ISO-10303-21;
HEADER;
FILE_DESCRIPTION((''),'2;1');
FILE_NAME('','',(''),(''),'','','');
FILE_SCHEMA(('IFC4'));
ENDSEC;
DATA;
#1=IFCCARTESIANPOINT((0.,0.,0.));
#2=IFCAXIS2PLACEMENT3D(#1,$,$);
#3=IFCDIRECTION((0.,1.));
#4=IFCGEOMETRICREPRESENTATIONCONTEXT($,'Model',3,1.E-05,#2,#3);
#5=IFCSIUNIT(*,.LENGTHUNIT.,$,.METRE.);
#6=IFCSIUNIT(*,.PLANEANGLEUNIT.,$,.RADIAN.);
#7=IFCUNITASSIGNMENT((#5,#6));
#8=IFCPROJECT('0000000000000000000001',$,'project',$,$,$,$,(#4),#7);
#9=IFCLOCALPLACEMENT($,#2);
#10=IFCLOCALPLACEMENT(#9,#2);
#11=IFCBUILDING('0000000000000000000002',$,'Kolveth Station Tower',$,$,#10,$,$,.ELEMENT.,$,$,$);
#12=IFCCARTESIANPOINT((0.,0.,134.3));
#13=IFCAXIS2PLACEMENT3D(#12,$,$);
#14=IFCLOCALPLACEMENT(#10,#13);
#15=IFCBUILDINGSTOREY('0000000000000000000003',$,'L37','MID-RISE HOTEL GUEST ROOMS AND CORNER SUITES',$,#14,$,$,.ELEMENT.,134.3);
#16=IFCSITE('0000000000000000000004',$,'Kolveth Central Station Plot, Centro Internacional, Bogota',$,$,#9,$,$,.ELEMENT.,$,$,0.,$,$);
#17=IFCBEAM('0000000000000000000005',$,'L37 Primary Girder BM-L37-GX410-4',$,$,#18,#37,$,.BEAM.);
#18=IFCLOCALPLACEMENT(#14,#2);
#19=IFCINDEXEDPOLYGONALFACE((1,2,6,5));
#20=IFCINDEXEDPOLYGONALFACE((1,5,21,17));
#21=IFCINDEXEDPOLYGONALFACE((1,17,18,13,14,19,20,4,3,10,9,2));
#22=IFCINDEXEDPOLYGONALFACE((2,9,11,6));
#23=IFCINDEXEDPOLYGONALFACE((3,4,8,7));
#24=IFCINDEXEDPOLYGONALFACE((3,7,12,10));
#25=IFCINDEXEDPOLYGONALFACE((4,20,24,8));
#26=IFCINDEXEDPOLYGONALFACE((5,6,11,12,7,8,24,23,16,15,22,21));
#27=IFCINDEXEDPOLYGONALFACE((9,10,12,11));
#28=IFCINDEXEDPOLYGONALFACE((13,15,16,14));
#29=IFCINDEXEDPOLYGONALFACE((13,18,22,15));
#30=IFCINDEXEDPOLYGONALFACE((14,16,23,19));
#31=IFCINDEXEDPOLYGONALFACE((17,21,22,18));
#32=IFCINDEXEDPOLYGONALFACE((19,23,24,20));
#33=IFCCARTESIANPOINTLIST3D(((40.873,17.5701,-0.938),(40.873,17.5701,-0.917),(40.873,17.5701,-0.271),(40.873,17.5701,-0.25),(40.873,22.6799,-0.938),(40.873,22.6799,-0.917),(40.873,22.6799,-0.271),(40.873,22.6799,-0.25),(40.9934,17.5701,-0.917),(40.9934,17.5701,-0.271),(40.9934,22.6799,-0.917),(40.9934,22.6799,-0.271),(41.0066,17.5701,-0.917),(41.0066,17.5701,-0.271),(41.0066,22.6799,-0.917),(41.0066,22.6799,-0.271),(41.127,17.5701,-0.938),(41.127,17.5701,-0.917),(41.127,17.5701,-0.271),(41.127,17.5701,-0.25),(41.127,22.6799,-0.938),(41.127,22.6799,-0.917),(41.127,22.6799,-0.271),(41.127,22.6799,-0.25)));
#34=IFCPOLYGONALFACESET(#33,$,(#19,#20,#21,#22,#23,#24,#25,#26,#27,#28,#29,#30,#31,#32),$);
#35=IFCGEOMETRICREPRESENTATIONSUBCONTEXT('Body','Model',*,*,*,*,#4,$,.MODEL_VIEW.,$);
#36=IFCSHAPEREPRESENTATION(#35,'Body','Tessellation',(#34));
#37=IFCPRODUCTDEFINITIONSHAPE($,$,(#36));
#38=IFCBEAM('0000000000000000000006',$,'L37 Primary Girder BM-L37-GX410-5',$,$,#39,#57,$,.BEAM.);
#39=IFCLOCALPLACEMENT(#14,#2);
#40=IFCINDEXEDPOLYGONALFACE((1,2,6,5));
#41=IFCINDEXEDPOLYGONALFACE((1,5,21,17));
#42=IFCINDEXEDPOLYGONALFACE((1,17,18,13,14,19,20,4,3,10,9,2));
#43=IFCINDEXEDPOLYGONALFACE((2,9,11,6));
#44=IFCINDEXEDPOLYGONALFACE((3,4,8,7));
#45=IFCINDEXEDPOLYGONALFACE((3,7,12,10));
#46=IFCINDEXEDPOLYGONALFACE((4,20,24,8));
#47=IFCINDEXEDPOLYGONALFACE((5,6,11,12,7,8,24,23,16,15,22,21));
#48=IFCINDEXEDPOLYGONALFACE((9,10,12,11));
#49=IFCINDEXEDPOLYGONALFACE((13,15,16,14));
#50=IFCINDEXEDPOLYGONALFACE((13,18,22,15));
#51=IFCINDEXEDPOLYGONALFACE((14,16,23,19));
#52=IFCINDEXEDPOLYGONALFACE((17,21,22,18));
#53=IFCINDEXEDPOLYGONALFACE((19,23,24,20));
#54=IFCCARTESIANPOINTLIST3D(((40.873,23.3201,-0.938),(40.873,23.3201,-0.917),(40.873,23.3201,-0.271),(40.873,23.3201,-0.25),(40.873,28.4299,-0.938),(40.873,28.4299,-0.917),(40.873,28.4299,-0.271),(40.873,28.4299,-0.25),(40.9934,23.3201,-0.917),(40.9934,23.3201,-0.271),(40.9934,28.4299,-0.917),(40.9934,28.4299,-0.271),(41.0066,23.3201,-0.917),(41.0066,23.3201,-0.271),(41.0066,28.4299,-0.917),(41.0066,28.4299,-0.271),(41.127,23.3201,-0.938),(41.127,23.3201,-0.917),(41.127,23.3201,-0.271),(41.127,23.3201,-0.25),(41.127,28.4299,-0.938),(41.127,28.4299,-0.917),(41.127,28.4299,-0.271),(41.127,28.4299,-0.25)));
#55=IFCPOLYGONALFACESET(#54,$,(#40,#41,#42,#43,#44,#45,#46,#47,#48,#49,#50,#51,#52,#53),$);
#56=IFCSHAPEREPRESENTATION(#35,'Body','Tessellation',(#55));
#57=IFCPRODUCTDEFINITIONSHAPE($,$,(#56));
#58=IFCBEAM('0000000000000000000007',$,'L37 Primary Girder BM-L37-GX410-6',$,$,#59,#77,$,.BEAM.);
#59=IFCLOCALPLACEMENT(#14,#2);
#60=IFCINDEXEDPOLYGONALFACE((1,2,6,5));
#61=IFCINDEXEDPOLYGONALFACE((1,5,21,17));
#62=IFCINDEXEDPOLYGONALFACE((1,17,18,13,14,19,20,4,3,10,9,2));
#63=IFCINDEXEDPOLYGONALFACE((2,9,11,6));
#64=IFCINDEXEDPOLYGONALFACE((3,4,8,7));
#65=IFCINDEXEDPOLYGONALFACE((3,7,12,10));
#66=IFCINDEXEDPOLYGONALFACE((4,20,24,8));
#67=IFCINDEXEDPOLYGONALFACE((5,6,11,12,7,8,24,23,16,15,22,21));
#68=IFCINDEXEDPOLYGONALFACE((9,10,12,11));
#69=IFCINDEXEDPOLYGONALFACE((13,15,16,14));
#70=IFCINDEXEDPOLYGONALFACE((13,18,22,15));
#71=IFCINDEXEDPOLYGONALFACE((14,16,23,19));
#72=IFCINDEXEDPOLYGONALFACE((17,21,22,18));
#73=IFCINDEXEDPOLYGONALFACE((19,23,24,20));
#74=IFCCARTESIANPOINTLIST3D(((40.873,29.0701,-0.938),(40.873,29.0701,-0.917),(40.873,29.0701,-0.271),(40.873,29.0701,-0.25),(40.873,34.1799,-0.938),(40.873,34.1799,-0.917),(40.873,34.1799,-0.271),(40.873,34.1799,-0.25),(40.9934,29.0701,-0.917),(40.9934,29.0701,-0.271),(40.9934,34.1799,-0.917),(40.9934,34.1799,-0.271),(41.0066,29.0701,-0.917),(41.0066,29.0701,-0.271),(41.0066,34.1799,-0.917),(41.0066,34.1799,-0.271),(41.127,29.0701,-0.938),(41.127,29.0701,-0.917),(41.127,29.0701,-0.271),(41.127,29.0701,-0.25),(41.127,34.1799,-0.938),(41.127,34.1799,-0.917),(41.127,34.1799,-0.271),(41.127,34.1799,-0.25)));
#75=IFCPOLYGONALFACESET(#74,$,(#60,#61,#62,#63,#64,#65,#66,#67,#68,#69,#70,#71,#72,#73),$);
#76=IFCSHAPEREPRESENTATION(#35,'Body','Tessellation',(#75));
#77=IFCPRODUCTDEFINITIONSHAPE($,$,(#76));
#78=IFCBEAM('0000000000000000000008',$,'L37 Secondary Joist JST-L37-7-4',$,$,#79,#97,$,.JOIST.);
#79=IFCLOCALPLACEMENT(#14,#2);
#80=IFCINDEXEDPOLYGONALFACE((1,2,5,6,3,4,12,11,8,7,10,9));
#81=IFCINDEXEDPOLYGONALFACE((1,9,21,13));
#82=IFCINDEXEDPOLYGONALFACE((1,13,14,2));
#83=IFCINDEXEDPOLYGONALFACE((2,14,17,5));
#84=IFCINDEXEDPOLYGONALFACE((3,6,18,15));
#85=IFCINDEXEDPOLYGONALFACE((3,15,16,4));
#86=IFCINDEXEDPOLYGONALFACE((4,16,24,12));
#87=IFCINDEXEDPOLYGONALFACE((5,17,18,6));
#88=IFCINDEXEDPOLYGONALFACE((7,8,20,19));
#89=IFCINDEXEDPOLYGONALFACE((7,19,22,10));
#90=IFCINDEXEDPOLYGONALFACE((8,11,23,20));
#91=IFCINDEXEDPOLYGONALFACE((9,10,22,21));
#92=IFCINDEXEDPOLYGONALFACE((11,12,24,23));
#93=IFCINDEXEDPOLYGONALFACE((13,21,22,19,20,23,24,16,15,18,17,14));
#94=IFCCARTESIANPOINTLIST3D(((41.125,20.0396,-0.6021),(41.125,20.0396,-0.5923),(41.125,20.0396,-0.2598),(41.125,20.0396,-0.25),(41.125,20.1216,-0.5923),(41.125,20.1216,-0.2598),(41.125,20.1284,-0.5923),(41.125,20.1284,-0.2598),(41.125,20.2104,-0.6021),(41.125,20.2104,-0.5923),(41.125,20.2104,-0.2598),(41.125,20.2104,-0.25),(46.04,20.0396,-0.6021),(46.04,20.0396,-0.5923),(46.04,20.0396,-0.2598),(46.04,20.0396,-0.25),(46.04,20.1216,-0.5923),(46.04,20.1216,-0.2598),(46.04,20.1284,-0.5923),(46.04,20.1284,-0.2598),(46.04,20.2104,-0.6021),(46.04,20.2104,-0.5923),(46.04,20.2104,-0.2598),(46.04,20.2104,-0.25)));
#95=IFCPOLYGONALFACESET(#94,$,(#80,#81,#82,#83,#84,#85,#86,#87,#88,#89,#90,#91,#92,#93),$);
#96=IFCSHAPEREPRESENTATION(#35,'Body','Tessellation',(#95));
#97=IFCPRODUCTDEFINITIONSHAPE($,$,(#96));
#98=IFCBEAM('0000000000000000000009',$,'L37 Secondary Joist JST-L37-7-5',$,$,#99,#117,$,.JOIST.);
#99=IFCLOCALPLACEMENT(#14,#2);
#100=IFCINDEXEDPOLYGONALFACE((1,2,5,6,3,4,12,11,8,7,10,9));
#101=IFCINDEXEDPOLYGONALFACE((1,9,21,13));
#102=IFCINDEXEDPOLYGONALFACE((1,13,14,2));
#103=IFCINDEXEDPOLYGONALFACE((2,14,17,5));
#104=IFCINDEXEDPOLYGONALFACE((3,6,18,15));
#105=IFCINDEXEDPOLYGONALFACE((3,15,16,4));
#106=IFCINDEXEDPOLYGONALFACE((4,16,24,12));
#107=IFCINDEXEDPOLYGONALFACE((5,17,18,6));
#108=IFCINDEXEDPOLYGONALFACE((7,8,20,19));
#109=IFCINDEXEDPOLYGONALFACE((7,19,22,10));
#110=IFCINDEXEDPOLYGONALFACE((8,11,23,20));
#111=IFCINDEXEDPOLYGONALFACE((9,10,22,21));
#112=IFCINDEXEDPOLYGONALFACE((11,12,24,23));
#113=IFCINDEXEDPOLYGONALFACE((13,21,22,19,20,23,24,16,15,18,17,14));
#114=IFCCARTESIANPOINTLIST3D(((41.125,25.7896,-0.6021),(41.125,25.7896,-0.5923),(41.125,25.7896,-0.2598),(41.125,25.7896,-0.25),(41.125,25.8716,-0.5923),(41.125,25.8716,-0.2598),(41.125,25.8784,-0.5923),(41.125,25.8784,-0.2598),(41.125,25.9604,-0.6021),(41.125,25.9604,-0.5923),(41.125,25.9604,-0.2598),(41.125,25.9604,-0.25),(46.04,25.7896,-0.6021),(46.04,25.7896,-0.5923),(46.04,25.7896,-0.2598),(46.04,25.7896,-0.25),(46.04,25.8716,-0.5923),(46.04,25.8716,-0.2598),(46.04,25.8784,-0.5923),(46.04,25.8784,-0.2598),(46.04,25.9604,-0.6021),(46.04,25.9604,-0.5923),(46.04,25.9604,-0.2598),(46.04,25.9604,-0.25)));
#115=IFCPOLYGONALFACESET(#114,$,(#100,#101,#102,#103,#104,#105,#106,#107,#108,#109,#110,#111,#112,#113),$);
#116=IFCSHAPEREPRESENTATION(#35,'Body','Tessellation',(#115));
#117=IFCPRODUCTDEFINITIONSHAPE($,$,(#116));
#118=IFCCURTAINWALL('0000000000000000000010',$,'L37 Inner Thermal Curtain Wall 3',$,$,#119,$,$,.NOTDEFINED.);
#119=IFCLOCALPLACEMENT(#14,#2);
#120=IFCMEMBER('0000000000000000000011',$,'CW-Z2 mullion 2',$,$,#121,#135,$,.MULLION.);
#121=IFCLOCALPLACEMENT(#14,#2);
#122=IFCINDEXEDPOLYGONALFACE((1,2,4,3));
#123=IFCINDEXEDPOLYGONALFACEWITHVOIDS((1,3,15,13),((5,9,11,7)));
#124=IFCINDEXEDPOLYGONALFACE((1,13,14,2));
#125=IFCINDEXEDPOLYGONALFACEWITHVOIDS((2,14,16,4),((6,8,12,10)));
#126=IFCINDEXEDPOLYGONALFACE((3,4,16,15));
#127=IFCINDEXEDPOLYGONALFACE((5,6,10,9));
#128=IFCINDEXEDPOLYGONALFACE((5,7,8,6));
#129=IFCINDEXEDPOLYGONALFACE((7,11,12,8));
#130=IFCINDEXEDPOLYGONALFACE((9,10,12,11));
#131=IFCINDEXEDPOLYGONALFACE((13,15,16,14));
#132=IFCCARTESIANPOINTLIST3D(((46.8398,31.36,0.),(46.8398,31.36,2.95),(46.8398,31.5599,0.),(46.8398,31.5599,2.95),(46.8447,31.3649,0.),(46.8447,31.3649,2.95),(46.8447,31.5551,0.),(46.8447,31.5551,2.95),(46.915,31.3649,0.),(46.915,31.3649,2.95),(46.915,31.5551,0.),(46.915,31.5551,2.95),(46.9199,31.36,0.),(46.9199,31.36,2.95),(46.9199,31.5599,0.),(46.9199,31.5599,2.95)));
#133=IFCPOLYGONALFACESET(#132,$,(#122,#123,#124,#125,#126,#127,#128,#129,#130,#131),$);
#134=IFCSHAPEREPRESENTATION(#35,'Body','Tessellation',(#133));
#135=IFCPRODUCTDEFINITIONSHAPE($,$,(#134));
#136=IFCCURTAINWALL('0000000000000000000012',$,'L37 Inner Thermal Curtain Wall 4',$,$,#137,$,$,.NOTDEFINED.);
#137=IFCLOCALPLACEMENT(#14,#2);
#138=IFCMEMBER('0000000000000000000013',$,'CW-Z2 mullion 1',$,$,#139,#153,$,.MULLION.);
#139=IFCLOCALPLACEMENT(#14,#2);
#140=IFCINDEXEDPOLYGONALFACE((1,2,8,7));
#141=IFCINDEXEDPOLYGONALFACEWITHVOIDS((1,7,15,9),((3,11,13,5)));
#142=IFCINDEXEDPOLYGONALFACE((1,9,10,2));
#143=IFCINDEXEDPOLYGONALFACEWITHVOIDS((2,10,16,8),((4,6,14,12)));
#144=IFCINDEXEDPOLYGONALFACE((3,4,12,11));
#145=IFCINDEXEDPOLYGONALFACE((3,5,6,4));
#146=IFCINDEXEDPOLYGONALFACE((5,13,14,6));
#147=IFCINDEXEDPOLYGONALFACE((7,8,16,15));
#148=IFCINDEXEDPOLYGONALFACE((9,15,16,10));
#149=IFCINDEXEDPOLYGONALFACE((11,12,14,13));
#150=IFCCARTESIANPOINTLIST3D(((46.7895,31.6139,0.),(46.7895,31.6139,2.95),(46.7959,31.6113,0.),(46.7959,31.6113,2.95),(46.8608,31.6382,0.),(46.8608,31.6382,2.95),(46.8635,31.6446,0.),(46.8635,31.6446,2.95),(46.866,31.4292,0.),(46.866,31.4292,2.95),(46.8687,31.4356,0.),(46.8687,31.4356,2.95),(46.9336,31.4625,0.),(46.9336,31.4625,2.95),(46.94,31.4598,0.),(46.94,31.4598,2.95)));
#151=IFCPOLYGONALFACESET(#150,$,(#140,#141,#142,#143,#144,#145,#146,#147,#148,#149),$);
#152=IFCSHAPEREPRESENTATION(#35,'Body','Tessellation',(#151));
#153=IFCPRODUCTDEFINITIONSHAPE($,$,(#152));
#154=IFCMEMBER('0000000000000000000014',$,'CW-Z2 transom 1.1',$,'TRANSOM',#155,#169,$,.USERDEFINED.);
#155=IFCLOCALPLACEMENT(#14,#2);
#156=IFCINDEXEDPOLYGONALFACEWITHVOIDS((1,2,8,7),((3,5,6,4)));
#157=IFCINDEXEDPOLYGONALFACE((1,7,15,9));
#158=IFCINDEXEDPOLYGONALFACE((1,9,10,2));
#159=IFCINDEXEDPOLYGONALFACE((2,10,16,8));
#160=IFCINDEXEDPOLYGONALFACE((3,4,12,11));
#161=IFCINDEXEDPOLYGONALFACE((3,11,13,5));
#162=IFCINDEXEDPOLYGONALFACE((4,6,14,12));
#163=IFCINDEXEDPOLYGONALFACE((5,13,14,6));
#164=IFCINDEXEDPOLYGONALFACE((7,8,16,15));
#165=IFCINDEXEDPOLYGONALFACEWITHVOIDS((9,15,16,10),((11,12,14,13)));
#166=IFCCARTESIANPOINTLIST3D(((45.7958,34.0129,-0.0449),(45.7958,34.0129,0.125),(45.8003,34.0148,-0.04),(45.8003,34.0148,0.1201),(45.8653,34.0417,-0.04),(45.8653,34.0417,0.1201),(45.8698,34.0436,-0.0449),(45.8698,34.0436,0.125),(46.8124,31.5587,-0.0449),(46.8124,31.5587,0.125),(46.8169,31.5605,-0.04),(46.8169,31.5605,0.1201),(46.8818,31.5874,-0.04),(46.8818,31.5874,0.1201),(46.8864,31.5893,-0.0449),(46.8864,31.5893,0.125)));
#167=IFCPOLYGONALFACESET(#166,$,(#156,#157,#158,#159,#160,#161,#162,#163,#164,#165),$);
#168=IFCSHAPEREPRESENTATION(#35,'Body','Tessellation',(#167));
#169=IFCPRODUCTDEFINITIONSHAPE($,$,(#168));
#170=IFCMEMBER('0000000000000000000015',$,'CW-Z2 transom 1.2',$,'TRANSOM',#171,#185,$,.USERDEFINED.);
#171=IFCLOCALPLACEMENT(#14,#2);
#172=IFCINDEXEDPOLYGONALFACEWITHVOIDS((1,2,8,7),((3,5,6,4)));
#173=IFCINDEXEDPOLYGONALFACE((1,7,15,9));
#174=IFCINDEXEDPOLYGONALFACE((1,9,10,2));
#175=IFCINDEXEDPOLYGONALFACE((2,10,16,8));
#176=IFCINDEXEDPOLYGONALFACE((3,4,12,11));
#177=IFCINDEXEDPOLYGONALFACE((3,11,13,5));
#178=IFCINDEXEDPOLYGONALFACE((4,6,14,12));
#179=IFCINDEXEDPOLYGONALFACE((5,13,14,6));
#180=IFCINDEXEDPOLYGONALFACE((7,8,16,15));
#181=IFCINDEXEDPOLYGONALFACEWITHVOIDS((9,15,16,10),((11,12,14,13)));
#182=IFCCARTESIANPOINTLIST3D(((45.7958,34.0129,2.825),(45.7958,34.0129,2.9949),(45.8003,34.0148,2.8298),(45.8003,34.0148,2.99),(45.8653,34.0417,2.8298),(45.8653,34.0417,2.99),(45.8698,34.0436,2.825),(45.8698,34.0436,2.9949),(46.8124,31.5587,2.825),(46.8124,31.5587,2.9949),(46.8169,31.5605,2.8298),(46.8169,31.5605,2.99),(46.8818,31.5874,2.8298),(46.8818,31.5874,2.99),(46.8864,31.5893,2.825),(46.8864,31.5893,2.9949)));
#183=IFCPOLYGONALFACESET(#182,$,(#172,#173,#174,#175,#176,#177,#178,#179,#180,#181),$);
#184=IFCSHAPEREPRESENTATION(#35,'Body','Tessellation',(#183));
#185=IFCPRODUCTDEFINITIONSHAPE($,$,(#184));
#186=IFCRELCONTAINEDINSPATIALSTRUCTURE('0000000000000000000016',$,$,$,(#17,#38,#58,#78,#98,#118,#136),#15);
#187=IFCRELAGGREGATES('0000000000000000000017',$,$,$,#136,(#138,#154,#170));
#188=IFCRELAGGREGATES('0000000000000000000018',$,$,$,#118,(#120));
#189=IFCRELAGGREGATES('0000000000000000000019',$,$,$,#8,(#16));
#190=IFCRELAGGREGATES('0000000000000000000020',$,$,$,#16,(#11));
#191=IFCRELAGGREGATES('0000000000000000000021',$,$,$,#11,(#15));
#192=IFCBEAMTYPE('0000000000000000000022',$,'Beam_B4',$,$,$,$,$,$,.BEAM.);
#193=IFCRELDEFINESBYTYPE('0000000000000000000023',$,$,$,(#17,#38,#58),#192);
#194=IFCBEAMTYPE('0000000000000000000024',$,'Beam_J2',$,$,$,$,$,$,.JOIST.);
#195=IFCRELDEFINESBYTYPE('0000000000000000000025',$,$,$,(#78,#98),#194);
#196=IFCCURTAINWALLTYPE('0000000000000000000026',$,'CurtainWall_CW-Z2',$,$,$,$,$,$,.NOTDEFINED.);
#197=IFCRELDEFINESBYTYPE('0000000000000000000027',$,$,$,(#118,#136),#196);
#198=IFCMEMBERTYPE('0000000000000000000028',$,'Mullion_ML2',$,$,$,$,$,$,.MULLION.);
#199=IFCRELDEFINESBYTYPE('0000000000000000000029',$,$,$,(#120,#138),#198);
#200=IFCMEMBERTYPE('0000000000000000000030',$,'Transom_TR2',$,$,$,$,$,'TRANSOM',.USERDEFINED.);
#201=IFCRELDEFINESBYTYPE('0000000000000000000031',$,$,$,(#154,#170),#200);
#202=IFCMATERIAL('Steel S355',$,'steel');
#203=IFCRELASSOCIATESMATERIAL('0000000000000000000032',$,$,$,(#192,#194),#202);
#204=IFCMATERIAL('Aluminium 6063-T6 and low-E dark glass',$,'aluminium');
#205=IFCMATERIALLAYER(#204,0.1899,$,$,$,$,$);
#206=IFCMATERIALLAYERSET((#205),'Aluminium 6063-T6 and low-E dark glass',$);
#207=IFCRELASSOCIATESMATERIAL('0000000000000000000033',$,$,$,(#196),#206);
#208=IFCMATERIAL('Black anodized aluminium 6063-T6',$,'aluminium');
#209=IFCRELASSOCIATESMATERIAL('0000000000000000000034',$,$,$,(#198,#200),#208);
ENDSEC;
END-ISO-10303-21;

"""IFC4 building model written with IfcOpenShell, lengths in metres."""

from ifc_helpers import new_model, si_unit, direction, frame, origin, origin_2d, place, context, subcontext, project, spatial, hollow_rectangle, i_section, extrude, source, transform, mapped, material, layer, layer_set, material_profile, profile_set, type_object, element, aggregate, save


model = new_model("IFC4")

# Units and contexts
model_context = context("Model", 3, precision=1e-05, world=origin(), true_north=direction((0.0, 1.0)))
body_context = subcontext(model_context, "Body", "Model", "MODEL_VIEW")
ifc_project = project(units=[si_unit("LENGTHUNIT", "METRE"), si_unit("PLANEANGLEUNIT", "RADIAN")], contexts=[model_context])

# Site, building, storey
site_placement = place(None, origin())
site = spatial("IfcSite", under=ifc_project, at=site_placement, Name="Kolveth Central Station Plot, Centro Internacional, Bogota", CompositionType="ELEMENT", RefElevation=0.0)
building_placement = place(site_placement, origin())
building = spatial("IfcBuilding", under=site, at=building_placement, Name="Kolveth Station Tower", CompositionType="ELEMENT")
storey_placement = place(building_placement, frame((0.0, 0.0, 134.3)))
storey = spatial("IfcBuildingStorey", under=building, at=storey_placement, Name="L37", Description="MID-RISE HOTEL GUEST ROOMS AND CORNER SUITES", CompositionType="ELEMENT", Elevation=134.3)

# Beams
ifc_material_1 = material(Name="Steel S355", Category="steel")
ifc_material_profile_1 = material_profile(ifc_material_1, i_section(OverallWidth=0.2539, OverallDepth=0.688, WebThickness=0.0132, FlangeThickness=0.021, at=origin_2d()), Name="W690x152")
ifc_profile_set_1 = profile_set([ifc_material_profile_1], Name="Steel S355")
beam_type_1 = type_object("IfcBeamType", Name="Beam_B4", PredefinedType="BEAM", material=ifc_profile_set_1)
shared_shape_1 = source(origin(), body_context, "Body", "SweptSolid", [
    extrude(i_section(OverallWidth=0.2539, OverallDepth=0.688, WebThickness=0.0132, FlangeThickness=0.021, at=origin_2d()), origin(), (0.0, 0.0, 1.0), 5.1099),
])
for number, where, z_axis, x_axis, name in (
    (1, (41.0, 17.5701, -0.594), (0.0, 1.0, 0.0), (-1.0, 0.0, 0.0), "L37 Primary Girder BM-L37-GX410-4"),
    (2, (41.0, 23.3201, -0.594), (0.0, 1.0, 0.0), (-1.0, 0.0, 0.0), "L37 Primary Girder BM-L37-GX410-5"),
    (3, (41.0, 29.0701, -0.594), (0.0, 1.0, 0.0), (-1.0, 0.0, 0.0), "L37 Primary Girder BM-L37-GX410-6"),
):
    element("IfcBeam", number, at=place(storey_placement, frame(where, z_axis=z_axis, x_axis=x_axis)), inside=storey, type_object=beam_type_1, Name=name, PredefinedType="BEAM", context=body_context, shape_type="MappedRepresentation", body=[
        mapped(shared_shape_1, transform((0.0, 0.0, 0.0), x_axis=(1.0, 0.0, 0.0), y_axis=(0.0, 1.0, 0.0), z_axis=(0.0, 0.0, 1.0), scale=1.0)),
    ])
ifc_material_profile_2 = material_profile(ifc_material_1, i_section(OverallWidth=0.1709, OverallDepth=0.3521, WebThickness=0.0068, FlangeThickness=0.0098, at=origin_2d()), Name="W360x44")
ifc_profile_set_2 = profile_set([ifc_material_profile_2], Name="Steel S355")
beam_type_2 = type_object("IfcBeamType", Name="Beam_J2", PredefinedType="JOIST", material=ifc_profile_set_2)
shared_shape_2 = source(origin(), body_context, "Body", "SweptSolid", [
    extrude(i_section(OverallWidth=0.1709, OverallDepth=0.3521, WebThickness=0.0068, FlangeThickness=0.0098, at=origin_2d()), origin(), (0.0, 0.0, 1.0), 4.915),
])
for number, where, z_axis, x_axis, name in (
    (4, (41.125, 20.125, -0.426), (1.0, 0.0, 0.0), (0.0, 1.0, 0.0), "L37 Secondary Joist JST-L37-7-4"),
    (5, (41.125, 25.875, -0.426), (1.0, 0.0, 0.0), (0.0, 1.0, 0.0), "L37 Secondary Joist JST-L37-7-5"),
):
    element("IfcBeam", number, at=place(storey_placement, frame(where, z_axis=z_axis, x_axis=x_axis)), inside=storey, type_object=beam_type_2, Name=name, PredefinedType="JOIST", context=body_context, shape_type="MappedRepresentation", body=[
        mapped(shared_shape_2, transform((0.0, 0.0, 0.0), x_axis=(1.0, 0.0, 0.0), y_axis=(0.0, 1.0, 0.0), z_axis=(0.0, 0.0, 1.0), scale=1.0)),
    ])

# Curtain wall, member
ifc_material_2 = material(Name="Aluminium 6063-T6 and low-E dark glass", Category="aluminium")
ifc_layer_1 = layer(ifc_material_2, 0.1899)
ifc_layer_set_1 = layer_set([ifc_layer_1], Name="Aluminium 6063-T6 and low-E dark glass")
curtain_wall_type = type_object("IfcCurtainWallType", Name="CurtainWall_CW-Z2", PredefinedType="NOTDEFINED", material=ifc_layer_set_1)
curtain_wall_1_placement = place(storey_placement, origin())
curtain_wall_1 = element("IfcCurtainWall", 6, at=curtain_wall_1_placement, inside=storey, type_object=curtain_wall_type, Name="L37 Inner Thermal Curtain Wall 3", PredefinedType="NOTDEFINED")
ifc_material_3 = material(Name="Black anodized aluminium 6063-T6", Category="aluminium")
ifc_material_profile_3 = material_profile(ifc_material_3, hollow_rectangle(XDim=0.0801, YDim=0.2, WallThickness=0.0049, at=origin_2d()), Name="ALU-80x200x5")
ifc_profile_set_3 = profile_set([ifc_material_profile_3], Name="Black anodized aluminium 6063-T6")
member_type_1 = type_object("IfcMemberType", Name="Mullion_ML2", PredefinedType="MULLION", material=ifc_profile_set_3)
shared_shape_3 = source(origin(), body_context, "Body", "SweptSolid", [
    extrude(hollow_rectangle(XDim=0.0801, YDim=0.2, WallThickness=0.0049, at=origin_2d()), origin(), (0.0, 0.0, 1.0), 2.95),
])
member_1_placement = place(storey_placement, frame((46.8799, 31.46, 0.0), z_axis=(0.0, 0.0, 1.0), x_axis=(-1.0, 0.0, 0.0)))
member_1 = element("IfcMember", 7, at=member_1_placement, type_object=member_type_1, Name="CW-Z2 mullion 2", PredefinedType="MULLION", context=body_context, shape_type="MappedRepresentation", body=[
    mapped(shared_shape_3, transform((0.0, 0.0, 0.0), x_axis=(1.0, 0.0, 0.0), y_axis=(0.0, 1.0, 0.0), z_axis=(0.0, 0.0, 1.0), scale=1.0)),
])

# Curtain wall, members
curtain_wall_2_placement = place(storey_placement, origin())
curtain_wall_2 = element("IfcCurtainWall", 8, at=curtain_wall_2_placement, inside=storey, type_object=curtain_wall_type, Name="L37 Inner Thermal Curtain Wall 4", PredefinedType="NOTDEFINED")
member_2_placement = place(storey_placement, frame((46.8647, 31.5369, 0.0), z_axis=(0.0, 0.0, 1.0), x_axis=(-0.923888, -0.382663, 0.0)))
member_2 = element("IfcMember", 9, at=member_2_placement, type_object=member_type_1, Name="CW-Z2 mullion 1", PredefinedType="MULLION", context=body_context, shape_type="MappedRepresentation", body=[
    mapped(shared_shape_3, transform((0.0, 0.0, 0.0), x_axis=(1.0, 0.0, 0.0), y_axis=(0.0, 1.0, 0.0), z_axis=(0.0, 0.0, 1.0), scale=1.0)),
])
ifc_material_profile_4 = material_profile(ifc_material_3, hollow_rectangle(XDim=0.0801, YDim=0.1699, WallThickness=0.0049, at=origin_2d()), Name="ALU-80x170x5")
ifc_profile_set_4 = profile_set([ifc_material_profile_4], Name="Black anodized aluminium 6063-T6")
member_type_2 = type_object("IfcMemberType", Name="Transom_TR2", ElementType="TRANSOM", PredefinedType="USERDEFINED", material=ifc_profile_set_4)
shared_shape_4 = source(origin(), body_context, "Body", "SweptSolid", [
    extrude(hollow_rectangle(XDim=0.0801, YDim=0.1699, WallThickness=0.0049, at=origin_2d()), origin(), (0.0, 0.0, 1.0), 2.6565),
])
member_3_placement = place(storey_placement, frame((46.8494, 31.574, 0.04), z_axis=(-0.382676, 0.923882, 0.0), x_axis=(-0.923882, -0.382676, 0.0)))
member_3 = element("IfcMember", 10, at=member_3_placement, type_object=member_type_2, Name="CW-Z2 transom 1.1", ObjectType="TRANSOM", PredefinedType="USERDEFINED", context=body_context, shape_type="MappedRepresentation", body=[
    mapped(shared_shape_4, transform((0.0, 0.0, 0.0), x_axis=(1.0, 0.0, 0.0), y_axis=(0.0, 1.0, 0.0), z_axis=(0.0, 0.0, 1.0), scale=1.0)),
])
member_4_placement = place(storey_placement, frame((46.8494, 31.574, 2.9099), z_axis=(-0.382676, 0.923882, 0.0), x_axis=(-0.923882, -0.382676, 0.0)))
member_4 = element("IfcMember", 11, at=member_4_placement, type_object=member_type_2, Name="CW-Z2 transom 1.2", ObjectType="TRANSOM", PredefinedType="USERDEFINED", context=body_context, shape_type="MappedRepresentation", body=[
    mapped(shared_shape_4, transform((0.0, 0.0, 0.0), x_axis=(1.0, 0.0, 0.0), y_axis=(0.0, 1.0, 0.0), z_axis=(0.0, 0.0, 1.0), scale=1.0)),
])
aggregate(curtain_wall_2, [member_2, member_3, member_4])

aggregate(curtain_wall_1, [member_1])

save(model, "model.ifc")
